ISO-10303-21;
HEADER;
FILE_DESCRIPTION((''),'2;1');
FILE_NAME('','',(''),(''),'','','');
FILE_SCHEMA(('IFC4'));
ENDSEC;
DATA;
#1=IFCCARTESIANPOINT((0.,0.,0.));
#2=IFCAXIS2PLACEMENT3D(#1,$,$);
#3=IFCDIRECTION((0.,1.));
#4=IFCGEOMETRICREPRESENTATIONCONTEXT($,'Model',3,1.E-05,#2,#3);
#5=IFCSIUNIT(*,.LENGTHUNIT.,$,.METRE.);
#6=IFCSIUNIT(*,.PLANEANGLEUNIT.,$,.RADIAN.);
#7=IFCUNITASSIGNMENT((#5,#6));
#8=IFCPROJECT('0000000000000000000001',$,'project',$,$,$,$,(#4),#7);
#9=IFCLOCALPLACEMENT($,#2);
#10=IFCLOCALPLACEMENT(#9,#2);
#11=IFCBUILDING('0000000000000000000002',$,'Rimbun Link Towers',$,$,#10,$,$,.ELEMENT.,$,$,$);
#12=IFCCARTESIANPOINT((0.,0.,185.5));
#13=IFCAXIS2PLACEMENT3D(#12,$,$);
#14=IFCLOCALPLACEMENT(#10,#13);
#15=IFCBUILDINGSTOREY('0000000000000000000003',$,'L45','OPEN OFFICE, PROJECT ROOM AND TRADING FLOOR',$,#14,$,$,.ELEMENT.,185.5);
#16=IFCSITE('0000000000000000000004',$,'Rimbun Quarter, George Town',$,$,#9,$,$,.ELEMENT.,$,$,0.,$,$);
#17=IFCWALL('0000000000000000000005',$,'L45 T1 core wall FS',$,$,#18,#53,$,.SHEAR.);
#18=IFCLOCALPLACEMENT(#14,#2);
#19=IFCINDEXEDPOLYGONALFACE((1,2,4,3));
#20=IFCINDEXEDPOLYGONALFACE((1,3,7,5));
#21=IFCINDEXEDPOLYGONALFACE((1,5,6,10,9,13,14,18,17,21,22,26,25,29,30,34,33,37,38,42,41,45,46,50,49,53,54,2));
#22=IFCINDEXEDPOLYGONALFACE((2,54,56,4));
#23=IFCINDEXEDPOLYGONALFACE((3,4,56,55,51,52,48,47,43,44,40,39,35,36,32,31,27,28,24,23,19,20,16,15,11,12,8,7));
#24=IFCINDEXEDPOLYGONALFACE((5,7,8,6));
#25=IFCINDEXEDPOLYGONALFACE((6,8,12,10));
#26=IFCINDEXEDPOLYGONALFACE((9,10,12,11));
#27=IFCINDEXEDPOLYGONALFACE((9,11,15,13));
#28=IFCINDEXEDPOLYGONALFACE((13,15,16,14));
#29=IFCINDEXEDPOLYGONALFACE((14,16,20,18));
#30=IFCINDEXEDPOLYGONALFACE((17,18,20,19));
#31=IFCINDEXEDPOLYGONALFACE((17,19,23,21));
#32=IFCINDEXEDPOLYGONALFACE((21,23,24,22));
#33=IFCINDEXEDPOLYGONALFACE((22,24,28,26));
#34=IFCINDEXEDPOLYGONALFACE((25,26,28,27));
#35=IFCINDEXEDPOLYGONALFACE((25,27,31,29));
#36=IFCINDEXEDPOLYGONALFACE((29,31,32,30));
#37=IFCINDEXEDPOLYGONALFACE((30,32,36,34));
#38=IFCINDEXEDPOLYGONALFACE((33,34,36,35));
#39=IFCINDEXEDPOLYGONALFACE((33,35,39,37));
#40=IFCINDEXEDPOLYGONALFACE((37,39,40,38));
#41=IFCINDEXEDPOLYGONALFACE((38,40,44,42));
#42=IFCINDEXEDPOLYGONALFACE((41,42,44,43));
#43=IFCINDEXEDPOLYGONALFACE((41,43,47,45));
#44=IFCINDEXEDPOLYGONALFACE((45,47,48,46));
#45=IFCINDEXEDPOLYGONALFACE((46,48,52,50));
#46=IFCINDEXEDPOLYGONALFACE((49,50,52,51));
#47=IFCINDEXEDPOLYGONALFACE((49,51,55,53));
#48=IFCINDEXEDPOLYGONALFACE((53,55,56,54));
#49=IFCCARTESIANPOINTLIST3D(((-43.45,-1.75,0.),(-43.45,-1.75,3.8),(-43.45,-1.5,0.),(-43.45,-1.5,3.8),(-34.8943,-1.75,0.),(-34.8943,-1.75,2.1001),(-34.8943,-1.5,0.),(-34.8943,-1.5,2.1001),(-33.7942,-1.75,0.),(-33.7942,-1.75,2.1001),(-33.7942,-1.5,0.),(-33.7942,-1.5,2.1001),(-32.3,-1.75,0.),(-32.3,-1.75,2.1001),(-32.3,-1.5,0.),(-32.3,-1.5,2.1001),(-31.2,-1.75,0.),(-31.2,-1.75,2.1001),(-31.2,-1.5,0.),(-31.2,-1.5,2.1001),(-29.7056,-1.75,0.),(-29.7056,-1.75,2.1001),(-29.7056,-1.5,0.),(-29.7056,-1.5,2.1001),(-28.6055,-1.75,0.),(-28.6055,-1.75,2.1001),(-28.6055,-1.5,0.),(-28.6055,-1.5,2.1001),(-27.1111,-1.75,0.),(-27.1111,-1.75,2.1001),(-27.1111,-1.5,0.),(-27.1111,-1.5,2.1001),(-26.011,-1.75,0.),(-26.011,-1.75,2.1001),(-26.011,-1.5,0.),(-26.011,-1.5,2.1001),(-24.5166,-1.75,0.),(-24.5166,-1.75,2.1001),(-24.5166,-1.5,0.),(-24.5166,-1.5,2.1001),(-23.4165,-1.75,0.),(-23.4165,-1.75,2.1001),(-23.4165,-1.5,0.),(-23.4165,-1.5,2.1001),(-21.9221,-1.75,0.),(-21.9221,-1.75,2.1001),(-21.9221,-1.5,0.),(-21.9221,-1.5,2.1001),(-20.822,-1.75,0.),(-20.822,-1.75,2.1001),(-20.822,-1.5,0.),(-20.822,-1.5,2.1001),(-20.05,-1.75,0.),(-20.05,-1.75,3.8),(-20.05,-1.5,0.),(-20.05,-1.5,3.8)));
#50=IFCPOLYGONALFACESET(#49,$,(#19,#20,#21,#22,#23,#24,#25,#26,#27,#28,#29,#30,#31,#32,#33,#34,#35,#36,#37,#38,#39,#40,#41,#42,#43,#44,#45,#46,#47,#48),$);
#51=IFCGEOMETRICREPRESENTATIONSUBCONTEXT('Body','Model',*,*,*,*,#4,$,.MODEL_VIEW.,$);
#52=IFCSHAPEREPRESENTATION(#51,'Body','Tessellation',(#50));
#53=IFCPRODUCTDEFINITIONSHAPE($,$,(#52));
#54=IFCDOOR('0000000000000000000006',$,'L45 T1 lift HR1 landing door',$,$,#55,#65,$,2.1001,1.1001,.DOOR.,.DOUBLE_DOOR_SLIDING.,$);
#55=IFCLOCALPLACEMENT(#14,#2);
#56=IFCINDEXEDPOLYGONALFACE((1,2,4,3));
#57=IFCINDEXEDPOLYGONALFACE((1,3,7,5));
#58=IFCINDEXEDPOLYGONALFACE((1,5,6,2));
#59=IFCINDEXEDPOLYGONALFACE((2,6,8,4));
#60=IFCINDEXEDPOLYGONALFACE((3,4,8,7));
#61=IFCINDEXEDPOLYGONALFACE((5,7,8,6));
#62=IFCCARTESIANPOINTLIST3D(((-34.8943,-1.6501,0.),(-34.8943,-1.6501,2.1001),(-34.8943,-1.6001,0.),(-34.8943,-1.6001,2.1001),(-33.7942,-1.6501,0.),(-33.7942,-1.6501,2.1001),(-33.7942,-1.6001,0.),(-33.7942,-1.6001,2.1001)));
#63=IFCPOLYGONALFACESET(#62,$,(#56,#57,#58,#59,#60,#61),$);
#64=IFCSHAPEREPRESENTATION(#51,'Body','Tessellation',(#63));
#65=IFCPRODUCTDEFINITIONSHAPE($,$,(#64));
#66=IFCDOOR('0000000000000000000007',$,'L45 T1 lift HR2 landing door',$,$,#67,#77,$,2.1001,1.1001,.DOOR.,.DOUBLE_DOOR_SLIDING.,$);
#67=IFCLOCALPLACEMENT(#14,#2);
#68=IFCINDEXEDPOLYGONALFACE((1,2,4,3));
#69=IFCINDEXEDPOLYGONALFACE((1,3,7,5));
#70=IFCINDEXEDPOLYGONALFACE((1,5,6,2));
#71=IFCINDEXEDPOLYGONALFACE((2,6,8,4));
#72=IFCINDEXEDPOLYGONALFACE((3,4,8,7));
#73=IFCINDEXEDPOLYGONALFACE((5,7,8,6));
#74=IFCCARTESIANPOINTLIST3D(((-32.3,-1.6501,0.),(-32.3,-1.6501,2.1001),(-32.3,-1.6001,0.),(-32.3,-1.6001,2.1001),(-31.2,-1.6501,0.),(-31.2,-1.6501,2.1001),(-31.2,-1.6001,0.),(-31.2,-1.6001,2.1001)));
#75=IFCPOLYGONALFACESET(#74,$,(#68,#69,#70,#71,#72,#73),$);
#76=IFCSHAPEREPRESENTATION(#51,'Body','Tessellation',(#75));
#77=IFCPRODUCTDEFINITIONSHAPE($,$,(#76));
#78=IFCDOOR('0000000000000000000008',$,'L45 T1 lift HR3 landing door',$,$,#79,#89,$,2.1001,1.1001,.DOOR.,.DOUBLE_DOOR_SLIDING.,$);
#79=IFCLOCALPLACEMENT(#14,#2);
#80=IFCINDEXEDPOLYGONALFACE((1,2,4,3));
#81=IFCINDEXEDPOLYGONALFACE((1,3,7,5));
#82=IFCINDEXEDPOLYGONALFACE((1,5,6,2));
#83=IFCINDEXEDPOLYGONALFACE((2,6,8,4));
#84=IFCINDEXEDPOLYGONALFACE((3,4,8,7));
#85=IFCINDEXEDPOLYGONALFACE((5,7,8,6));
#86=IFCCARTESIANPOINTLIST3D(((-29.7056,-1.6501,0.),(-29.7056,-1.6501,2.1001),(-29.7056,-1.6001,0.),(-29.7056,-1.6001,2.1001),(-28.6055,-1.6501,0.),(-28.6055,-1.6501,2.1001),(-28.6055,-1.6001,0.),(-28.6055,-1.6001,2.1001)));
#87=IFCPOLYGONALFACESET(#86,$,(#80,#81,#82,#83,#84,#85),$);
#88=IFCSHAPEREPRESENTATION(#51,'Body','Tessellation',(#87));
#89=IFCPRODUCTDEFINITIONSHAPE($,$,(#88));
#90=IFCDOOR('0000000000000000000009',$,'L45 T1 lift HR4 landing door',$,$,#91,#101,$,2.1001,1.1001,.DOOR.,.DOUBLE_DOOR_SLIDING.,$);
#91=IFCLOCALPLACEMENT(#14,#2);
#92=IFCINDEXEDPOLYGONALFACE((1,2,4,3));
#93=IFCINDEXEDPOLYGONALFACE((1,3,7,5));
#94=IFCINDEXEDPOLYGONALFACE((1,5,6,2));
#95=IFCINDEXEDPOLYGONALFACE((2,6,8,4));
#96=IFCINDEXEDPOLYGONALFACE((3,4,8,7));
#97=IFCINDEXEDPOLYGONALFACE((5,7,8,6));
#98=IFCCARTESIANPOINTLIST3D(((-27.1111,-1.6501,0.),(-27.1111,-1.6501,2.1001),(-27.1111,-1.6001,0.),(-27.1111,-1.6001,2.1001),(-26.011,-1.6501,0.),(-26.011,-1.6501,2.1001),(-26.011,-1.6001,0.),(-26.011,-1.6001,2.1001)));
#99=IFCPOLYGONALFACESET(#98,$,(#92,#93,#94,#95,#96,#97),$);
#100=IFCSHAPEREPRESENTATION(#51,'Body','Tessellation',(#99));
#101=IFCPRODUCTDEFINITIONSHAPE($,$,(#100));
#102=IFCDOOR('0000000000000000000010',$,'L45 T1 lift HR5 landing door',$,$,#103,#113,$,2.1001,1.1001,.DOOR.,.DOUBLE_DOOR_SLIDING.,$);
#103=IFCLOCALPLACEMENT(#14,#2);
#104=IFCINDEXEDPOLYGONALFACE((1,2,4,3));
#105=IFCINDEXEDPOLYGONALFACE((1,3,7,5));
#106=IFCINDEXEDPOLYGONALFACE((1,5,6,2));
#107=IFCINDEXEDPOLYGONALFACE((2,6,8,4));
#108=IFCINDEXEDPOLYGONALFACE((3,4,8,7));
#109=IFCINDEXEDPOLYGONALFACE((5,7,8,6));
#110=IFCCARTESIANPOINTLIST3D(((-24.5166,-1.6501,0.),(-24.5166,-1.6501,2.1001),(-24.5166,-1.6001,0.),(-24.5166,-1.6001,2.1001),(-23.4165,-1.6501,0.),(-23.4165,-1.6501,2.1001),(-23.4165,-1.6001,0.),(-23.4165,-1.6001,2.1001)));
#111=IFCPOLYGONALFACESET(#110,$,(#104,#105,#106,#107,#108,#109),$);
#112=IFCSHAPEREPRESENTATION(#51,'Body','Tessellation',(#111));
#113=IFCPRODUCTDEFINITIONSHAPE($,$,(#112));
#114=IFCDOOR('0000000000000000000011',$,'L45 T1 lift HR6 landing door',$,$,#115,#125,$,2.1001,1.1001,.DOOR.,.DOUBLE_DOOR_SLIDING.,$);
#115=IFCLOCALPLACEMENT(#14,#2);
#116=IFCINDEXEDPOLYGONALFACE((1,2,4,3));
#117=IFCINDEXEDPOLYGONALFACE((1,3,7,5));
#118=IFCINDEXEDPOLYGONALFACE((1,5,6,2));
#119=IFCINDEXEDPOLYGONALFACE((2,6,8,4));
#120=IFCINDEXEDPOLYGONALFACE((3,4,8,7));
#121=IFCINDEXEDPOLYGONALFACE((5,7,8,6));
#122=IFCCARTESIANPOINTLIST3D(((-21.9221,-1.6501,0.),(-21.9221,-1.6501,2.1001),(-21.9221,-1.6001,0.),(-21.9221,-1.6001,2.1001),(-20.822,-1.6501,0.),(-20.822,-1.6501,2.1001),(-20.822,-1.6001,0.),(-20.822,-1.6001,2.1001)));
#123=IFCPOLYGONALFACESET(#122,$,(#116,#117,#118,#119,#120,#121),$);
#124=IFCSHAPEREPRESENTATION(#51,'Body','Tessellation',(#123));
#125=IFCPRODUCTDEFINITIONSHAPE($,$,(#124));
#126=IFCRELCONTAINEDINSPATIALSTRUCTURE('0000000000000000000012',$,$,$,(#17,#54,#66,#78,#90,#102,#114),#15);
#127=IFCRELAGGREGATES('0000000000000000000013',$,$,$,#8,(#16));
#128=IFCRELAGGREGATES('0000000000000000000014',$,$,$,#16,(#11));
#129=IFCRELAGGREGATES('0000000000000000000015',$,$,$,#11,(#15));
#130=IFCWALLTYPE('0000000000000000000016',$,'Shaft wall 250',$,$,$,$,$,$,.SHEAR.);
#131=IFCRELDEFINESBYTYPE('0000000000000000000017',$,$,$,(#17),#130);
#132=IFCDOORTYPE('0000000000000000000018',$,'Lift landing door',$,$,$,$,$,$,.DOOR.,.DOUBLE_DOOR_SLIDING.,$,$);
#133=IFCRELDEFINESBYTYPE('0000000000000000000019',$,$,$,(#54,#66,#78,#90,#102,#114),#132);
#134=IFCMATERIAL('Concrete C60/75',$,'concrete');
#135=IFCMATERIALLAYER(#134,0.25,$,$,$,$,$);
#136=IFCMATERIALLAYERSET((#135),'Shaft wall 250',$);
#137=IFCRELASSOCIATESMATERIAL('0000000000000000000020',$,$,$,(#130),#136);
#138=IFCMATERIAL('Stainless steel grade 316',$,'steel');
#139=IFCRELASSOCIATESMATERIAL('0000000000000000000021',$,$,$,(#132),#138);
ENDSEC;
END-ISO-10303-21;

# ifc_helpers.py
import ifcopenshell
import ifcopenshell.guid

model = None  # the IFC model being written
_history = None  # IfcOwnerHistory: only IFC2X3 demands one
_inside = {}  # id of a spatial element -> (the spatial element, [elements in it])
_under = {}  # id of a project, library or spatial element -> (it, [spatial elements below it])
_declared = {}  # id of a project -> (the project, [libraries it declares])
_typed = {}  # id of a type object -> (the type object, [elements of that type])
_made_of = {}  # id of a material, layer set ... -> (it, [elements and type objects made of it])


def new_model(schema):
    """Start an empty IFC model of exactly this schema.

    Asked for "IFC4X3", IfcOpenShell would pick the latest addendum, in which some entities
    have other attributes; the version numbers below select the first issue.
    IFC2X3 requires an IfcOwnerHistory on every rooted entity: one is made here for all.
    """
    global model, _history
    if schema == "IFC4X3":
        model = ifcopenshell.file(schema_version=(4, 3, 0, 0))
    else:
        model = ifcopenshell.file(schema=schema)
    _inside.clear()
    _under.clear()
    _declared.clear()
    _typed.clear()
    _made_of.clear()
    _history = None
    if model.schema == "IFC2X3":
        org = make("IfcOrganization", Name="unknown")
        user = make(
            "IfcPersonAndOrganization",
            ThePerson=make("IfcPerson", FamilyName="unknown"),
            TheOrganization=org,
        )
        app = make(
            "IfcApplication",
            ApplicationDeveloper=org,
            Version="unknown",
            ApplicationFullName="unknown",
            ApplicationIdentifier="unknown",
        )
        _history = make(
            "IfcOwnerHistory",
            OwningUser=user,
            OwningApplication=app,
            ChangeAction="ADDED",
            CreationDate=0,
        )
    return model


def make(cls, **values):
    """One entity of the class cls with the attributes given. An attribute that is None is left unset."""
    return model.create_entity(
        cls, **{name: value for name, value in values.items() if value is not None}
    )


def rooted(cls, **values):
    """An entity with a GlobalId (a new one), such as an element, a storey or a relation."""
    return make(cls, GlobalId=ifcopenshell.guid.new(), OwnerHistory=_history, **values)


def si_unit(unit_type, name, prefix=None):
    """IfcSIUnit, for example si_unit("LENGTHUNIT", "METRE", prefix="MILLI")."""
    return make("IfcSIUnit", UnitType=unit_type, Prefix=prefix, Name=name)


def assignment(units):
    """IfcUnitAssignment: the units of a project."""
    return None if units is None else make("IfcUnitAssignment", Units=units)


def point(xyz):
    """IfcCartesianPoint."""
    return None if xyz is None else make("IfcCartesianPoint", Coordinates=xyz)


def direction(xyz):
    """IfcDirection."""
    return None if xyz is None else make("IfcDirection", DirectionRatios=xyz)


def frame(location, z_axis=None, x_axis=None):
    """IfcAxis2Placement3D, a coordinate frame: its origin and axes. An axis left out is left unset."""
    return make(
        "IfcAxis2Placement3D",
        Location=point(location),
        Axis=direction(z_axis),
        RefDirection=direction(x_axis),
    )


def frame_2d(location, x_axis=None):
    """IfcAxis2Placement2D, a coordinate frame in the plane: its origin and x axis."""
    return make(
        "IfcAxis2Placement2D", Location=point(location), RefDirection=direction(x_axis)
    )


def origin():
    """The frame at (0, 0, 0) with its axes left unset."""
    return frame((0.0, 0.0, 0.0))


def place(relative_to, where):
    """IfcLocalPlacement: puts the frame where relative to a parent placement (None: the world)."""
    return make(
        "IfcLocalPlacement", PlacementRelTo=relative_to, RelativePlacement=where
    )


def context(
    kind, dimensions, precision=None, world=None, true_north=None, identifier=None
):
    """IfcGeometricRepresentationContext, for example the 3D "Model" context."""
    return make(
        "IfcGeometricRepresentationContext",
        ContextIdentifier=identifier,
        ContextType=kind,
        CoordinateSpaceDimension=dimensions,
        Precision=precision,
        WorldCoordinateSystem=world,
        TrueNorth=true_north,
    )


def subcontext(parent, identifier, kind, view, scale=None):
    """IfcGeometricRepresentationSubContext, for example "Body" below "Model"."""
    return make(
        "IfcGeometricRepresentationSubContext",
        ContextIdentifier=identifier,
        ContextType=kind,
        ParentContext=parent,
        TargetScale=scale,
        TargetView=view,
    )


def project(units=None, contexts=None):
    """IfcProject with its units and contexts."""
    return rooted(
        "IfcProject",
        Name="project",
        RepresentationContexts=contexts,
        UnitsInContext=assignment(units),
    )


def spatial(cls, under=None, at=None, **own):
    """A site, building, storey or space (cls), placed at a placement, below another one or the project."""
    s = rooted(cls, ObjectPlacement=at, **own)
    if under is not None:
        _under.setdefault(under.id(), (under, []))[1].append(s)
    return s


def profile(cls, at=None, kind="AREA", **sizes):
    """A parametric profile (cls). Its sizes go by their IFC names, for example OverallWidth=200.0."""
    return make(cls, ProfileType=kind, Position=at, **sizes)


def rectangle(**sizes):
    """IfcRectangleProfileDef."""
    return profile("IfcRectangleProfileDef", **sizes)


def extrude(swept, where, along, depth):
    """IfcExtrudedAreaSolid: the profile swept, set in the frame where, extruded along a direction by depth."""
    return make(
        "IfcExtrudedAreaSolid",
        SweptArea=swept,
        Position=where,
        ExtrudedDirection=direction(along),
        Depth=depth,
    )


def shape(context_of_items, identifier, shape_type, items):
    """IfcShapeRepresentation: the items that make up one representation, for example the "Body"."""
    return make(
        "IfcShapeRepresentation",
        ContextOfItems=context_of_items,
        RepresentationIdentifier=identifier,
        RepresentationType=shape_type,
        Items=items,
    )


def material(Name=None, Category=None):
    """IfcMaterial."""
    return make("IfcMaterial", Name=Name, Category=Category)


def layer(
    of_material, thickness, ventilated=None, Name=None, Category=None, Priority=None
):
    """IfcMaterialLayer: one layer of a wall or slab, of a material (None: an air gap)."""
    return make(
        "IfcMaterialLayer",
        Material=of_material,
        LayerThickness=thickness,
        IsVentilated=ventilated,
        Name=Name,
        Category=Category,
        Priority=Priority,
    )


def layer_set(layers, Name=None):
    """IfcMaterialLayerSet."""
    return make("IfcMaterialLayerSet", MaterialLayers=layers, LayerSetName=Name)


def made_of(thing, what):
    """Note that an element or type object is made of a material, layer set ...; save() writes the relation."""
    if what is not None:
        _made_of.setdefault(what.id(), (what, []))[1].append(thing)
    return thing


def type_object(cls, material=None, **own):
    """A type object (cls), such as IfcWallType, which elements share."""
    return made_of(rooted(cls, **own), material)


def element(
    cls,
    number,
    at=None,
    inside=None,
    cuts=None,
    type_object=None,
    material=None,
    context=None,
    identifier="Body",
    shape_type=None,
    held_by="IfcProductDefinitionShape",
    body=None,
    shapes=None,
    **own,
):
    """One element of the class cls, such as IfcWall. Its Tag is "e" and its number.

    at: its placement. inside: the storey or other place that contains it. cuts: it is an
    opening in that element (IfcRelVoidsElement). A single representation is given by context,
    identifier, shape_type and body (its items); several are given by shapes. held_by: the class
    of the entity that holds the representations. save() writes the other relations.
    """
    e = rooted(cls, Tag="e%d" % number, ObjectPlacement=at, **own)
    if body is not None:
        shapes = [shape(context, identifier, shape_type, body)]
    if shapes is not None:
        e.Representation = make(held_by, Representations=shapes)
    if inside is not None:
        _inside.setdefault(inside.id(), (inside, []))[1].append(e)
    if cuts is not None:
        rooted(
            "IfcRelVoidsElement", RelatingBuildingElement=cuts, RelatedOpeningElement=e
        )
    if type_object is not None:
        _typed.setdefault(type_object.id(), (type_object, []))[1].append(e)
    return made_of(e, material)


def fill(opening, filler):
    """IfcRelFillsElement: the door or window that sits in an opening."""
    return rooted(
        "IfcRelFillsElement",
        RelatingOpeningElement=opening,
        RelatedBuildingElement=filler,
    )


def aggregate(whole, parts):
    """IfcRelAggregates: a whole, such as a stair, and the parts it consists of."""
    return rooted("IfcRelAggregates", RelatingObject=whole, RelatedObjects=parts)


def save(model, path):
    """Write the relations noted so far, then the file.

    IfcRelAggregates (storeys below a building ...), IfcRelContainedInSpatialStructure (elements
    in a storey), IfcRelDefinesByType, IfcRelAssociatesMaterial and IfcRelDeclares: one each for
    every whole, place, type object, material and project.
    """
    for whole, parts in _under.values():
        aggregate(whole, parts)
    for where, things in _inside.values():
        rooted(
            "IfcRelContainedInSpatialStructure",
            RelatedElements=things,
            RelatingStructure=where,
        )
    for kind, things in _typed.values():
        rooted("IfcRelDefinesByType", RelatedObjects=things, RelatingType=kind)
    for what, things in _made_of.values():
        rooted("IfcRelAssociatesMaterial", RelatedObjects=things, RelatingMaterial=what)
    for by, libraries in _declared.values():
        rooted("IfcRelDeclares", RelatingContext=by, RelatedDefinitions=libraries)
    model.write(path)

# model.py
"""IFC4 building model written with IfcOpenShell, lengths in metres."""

from ifc_helpers import new_model, si_unit, direction, frame, frame_2d, origin, place, context, subcontext, project, spatial, rectangle, extrude, material, layer, layer_set, type_object, element, fill, save


model = new_model("IFC4")

# Units and contexts
model_context = context("Model", 3, precision=1e-05, world=origin(), true_north=direction((0.0, 1.0)))
body_context = subcontext(model_context, "Body", "Model", "MODEL_VIEW")
ifc_project = project(units=[si_unit("LENGTHUNIT", "METRE"), si_unit("PLANEANGLEUNIT", "RADIAN")], contexts=[model_context])

# Site, building, storey
site_placement = place(None, origin())
site = spatial("IfcSite", under=ifc_project, at=site_placement, Name="Rimbun Quarter, George Town", CompositionType="ELEMENT", RefElevation=0.0)
building_placement = place(site_placement, origin())
building = spatial("IfcBuilding", under=site, at=building_placement, Name="Rimbun Link Towers", CompositionType="ELEMENT")
storey_placement = place(building_placement, frame((0.0, 0.0, 185.5)))
storey = spatial("IfcBuildingStorey", under=building, at=storey_placement, Name="L45", Description="OPEN OFFICE, PROJECT ROOM AND TRADING FLOOR", CompositionType="ELEMENT", Elevation=185.5)

# Shared definitions
ifc_material_1 = material(Name="Concrete C60/75", Category="concrete")
ifc_layer_1 = layer(ifc_material_1, 0.25)
ifc_layer_set_1 = layer_set([ifc_layer_1], Name="Shaft wall 250")
wall_type_1 = type_object("IfcWallType", Name="Shaft wall 250", PredefinedType="SHEAR", material=ifc_layer_set_1)

# Wall, openings, doors
wall_1_placement = place(storey_placement, frame((-43.45, -1.625, 0.0), z_axis=(0.0, 0.0, 1.0), x_axis=(1.0, 0.0, 0.0)))
wall_1 = element("IfcWall", 1, at=wall_1_placement, inside=storey, type_object=wall_type_1, Name="L45 T1 core wall FS", PredefinedType="SHEAR", context=body_context, shape_type="SweptSolid", body=[
    extrude(rectangle(XDim=23.3999, YDim=0.25, at=frame_2d((11.7, 0.0))), origin(), (0.0, 0.0, 1.0), 3.8),
])
opening_1_placement = place(wall_1_placement, frame((8.5557, 0.0, 0.0)))
opening_1 = element("IfcOpeningElement", 2, at=opening_1_placement, cuts=wall_1, PredefinedType="OPENING", context=body_context, shape_type="SweptSolid", body=[
    extrude(rectangle(XDim=1.1001, YDim=2.1001, at=frame_2d((0.55, 1.05))), frame((0.0, 0.135, 0.0), z_axis=(0.0, -1.0, 0.0), x_axis=(1.0, 0.0, 0.0)), (0.0, 0.0, 1.0), 0.27),
])
opening_2_placement = place(wall_1_placement, frame((11.1499, 0.0, 0.0)))
opening_2 = element("IfcOpeningElement", 3, at=opening_2_placement, cuts=wall_1, PredefinedType="OPENING", context=body_context, shape_type="SweptSolid", body=[
    extrude(rectangle(XDim=1.1001, YDim=2.1001, at=frame_2d((0.55, 1.05))), frame((0.0, 0.135, 0.0), z_axis=(0.0, -1.0, 0.0), x_axis=(1.0, 0.0, 0.0)), (0.0, 0.0, 1.0), 0.27),
])
opening_3_placement = place(wall_1_placement, frame((13.7444, 0.0, 0.0)))
opening_3 = element("IfcOpeningElement", 4, at=opening_3_placement, cuts=wall_1, PredefinedType="OPENING", context=body_context, shape_type="SweptSolid", body=[
    extrude(rectangle(XDim=1.1001, YDim=2.1001, at=frame_2d((0.55, 1.05))), frame((0.0, 0.135, 0.0), z_axis=(0.0, -1.0, 0.0), x_axis=(1.0, 0.0, 0.0)), (0.0, 0.0, 1.0), 0.27),
])
opening_4_placement = place(wall_1_placement, frame((16.3389, 0.0, 0.0)))
opening_4 = element("IfcOpeningElement", 5, at=opening_4_placement, cuts=wall_1, PredefinedType="OPENING", context=body_context, shape_type="SweptSolid", body=[
    extrude(rectangle(XDim=1.1001, YDim=2.1001, at=frame_2d((0.55, 1.05))), frame((0.0, 0.135, 0.0), z_axis=(0.0, -1.0, 0.0), x_axis=(1.0, 0.0, 0.0)), (0.0, 0.0, 1.0), 0.27),
])
opening_5_placement = place(wall_1_placement, frame((18.9333, 0.0, 0.0)))
opening_5 = element("IfcOpeningElement", 6, at=opening_5_placement, cuts=wall_1, PredefinedType="OPENING", context=body_context, shape_type="SweptSolid", body=[
    extrude(rectangle(XDim=1.1001, YDim=2.1001, at=frame_2d((0.55, 1.05))), frame((0.0, 0.135, 0.0), z_axis=(0.0, -1.0, 0.0), x_axis=(1.0, 0.0, 0.0)), (0.0, 0.0, 1.0), 0.27),
])
opening_6_placement = place(wall_1_placement, frame((21.5278, 0.0, 0.0)))
opening_6 = element("IfcOpeningElement", 7, at=opening_6_placement, cuts=wall_1, PredefinedType="OPENING", context=body_context, shape_type="SweptSolid", body=[
    extrude(rectangle(XDim=1.1001, YDim=2.1001, at=frame_2d((0.55, 1.05))), frame((0.0, 0.135, 0.0), z_axis=(0.0, -1.0, 0.0), x_axis=(1.0, 0.0, 0.0)), (0.0, 0.0, 1.0), 0.27),
])
ifc_material_2 = material(Name="Stainless steel grade 316", Category="steel")
door_type = type_object("IfcDoorType", Name="Lift landing door", OperationType="DOUBLE_DOOR_SLIDING", PredefinedType="DOOR", material=ifc_material_2)
door_1_placement = place(opening_1_placement, origin())
door_1 = element("IfcDoor", 8, at=door_1_placement, inside=storey, type_object=door_type, Name="L45 T1 lift HR1 landing door", OperationType="DOUBLE_DOOR_SLIDING", OverallHeight=2.1001, OverallWidth=1.1001, PredefinedType="DOOR", context=body_context, shape_type="SweptSolid", body=[
    extrude(rectangle(XDim=1.1001, YDim=2.1001, at=frame_2d((0.55, 1.05))), frame((0.0, 0.0249, 0.0), z_axis=(0.0, -1.0, 0.0), x_axis=(1.0, 0.0, 0.0)), (0.0, 0.0, 1.0), 0.05),
])
fill(opening_1, door_1)
door_2_placement = place(opening_2_placement, origin())
door_2 = element("IfcDoor", 9, at=door_2_placement, inside=storey, type_object=door_type, Name="L45 T1 lift HR2 landing door", OperationType="DOUBLE_DOOR_SLIDING", OverallHeight=2.1001, OverallWidth=1.1001, PredefinedType="DOOR", context=body_context, shape_type="SweptSolid", body=[
    extrude(rectangle(XDim=1.1001, YDim=2.1001, at=frame_2d((0.55, 1.05))), frame((0.0, 0.0249, 0.0), z_axis=(0.0, -1.0, 0.0), x_axis=(1.0, 0.0, 0.0)), (0.0, 0.0, 1.0), 0.05),
])
fill(opening_2, door_2)
door_3_placement = place(opening_3_placement, origin())
door_3 = element("IfcDoor", 10, at=door_3_placement, inside=storey, type_object=door_type, Name="L45 T1 lift HR3 landing door", OperationType="DOUBLE_DOOR_SLIDING", OverallHeight=2.1001, OverallWidth=1.1001, PredefinedType="DOOR", context=body_context, shape_type="SweptSolid", body=[
    extrude(rectangle(XDim=1.1001, YDim=2.1001, at=frame_2d((0.55, 1.05))), frame((0.0, 0.0249, 0.0), z_axis=(0.0, -1.0, 0.0), x_axis=(1.0, 0.0, 0.0)), (0.0, 0.0, 1.0), 0.05),
])
fill(opening_3, door_3)
door_4_placement = place(opening_4_placement, origin())
door_4 = element("IfcDoor", 11, at=door_4_placement, inside=storey, type_object=door_type, Name="L45 T1 lift HR4 landing door", OperationType="DOUBLE_DOOR_SLIDING", OverallHeight=2.1001, OverallWidth=1.1001, PredefinedType="DOOR", context=body_context, shape_type="SweptSolid", body=[
    extrude(rectangle(XDim=1.1001, YDim=2.1001, at=frame_2d((0.55, 1.05))), frame((0.0, 0.0249, 0.0), z_axis=(0.0, -1.0, 0.0), x_axis=(1.0, 0.0, 0.0)), (0.0, 0.0, 1.0), 0.05),
])
fill(opening_4, door_4)
door_5_placement = place(opening_5_placement, origin())
door_5 = element("IfcDoor", 12, at=door_5_placement, inside=storey, type_object=door_type, Name="L45 T1 lift HR5 landing door", OperationType="DOUBLE_DOOR_SLIDING", OverallHeight=2.1001, OverallWidth=1.1001, PredefinedType="DOOR", context=body_context, shape_type="SweptSolid", body=[
    extrude(rectangle(XDim=1.1001, YDim=2.1001, at=frame_2d((0.55, 1.05))), frame((0.0, 0.0249, 0.0), z_axis=(0.0, -1.0, 0.0), x_axis=(1.0, 0.0, 0.0)), (0.0, 0.0, 1.0), 0.05),
])
fill(opening_5, door_5)
door_6_placement = place(opening_6_placement, origin())
door_6 = element("IfcDoor", 13, at=door_6_placement, inside=storey, type_object=door_type, Name="L45 T1 lift HR6 landing door", OperationType="DOUBLE_DOOR_SLIDING", OverallHeight=2.1001, OverallWidth=1.1001, PredefinedType="DOOR", context=body_context, shape_type="SweptSolid", body=[
    extrude(rectangle(XDim=1.1001, YDim=2.1001, at=frame_2d((0.55, 1.05))), frame((0.0, 0.0249, 0.0), z_axis=(0.0, -1.0, 0.0), x_axis=(1.0, 0.0, 0.0)), (0.0, 0.0, 1.0), 0.05),
])
fill(opening_6, door_6)

save(model, "model.ifc")
